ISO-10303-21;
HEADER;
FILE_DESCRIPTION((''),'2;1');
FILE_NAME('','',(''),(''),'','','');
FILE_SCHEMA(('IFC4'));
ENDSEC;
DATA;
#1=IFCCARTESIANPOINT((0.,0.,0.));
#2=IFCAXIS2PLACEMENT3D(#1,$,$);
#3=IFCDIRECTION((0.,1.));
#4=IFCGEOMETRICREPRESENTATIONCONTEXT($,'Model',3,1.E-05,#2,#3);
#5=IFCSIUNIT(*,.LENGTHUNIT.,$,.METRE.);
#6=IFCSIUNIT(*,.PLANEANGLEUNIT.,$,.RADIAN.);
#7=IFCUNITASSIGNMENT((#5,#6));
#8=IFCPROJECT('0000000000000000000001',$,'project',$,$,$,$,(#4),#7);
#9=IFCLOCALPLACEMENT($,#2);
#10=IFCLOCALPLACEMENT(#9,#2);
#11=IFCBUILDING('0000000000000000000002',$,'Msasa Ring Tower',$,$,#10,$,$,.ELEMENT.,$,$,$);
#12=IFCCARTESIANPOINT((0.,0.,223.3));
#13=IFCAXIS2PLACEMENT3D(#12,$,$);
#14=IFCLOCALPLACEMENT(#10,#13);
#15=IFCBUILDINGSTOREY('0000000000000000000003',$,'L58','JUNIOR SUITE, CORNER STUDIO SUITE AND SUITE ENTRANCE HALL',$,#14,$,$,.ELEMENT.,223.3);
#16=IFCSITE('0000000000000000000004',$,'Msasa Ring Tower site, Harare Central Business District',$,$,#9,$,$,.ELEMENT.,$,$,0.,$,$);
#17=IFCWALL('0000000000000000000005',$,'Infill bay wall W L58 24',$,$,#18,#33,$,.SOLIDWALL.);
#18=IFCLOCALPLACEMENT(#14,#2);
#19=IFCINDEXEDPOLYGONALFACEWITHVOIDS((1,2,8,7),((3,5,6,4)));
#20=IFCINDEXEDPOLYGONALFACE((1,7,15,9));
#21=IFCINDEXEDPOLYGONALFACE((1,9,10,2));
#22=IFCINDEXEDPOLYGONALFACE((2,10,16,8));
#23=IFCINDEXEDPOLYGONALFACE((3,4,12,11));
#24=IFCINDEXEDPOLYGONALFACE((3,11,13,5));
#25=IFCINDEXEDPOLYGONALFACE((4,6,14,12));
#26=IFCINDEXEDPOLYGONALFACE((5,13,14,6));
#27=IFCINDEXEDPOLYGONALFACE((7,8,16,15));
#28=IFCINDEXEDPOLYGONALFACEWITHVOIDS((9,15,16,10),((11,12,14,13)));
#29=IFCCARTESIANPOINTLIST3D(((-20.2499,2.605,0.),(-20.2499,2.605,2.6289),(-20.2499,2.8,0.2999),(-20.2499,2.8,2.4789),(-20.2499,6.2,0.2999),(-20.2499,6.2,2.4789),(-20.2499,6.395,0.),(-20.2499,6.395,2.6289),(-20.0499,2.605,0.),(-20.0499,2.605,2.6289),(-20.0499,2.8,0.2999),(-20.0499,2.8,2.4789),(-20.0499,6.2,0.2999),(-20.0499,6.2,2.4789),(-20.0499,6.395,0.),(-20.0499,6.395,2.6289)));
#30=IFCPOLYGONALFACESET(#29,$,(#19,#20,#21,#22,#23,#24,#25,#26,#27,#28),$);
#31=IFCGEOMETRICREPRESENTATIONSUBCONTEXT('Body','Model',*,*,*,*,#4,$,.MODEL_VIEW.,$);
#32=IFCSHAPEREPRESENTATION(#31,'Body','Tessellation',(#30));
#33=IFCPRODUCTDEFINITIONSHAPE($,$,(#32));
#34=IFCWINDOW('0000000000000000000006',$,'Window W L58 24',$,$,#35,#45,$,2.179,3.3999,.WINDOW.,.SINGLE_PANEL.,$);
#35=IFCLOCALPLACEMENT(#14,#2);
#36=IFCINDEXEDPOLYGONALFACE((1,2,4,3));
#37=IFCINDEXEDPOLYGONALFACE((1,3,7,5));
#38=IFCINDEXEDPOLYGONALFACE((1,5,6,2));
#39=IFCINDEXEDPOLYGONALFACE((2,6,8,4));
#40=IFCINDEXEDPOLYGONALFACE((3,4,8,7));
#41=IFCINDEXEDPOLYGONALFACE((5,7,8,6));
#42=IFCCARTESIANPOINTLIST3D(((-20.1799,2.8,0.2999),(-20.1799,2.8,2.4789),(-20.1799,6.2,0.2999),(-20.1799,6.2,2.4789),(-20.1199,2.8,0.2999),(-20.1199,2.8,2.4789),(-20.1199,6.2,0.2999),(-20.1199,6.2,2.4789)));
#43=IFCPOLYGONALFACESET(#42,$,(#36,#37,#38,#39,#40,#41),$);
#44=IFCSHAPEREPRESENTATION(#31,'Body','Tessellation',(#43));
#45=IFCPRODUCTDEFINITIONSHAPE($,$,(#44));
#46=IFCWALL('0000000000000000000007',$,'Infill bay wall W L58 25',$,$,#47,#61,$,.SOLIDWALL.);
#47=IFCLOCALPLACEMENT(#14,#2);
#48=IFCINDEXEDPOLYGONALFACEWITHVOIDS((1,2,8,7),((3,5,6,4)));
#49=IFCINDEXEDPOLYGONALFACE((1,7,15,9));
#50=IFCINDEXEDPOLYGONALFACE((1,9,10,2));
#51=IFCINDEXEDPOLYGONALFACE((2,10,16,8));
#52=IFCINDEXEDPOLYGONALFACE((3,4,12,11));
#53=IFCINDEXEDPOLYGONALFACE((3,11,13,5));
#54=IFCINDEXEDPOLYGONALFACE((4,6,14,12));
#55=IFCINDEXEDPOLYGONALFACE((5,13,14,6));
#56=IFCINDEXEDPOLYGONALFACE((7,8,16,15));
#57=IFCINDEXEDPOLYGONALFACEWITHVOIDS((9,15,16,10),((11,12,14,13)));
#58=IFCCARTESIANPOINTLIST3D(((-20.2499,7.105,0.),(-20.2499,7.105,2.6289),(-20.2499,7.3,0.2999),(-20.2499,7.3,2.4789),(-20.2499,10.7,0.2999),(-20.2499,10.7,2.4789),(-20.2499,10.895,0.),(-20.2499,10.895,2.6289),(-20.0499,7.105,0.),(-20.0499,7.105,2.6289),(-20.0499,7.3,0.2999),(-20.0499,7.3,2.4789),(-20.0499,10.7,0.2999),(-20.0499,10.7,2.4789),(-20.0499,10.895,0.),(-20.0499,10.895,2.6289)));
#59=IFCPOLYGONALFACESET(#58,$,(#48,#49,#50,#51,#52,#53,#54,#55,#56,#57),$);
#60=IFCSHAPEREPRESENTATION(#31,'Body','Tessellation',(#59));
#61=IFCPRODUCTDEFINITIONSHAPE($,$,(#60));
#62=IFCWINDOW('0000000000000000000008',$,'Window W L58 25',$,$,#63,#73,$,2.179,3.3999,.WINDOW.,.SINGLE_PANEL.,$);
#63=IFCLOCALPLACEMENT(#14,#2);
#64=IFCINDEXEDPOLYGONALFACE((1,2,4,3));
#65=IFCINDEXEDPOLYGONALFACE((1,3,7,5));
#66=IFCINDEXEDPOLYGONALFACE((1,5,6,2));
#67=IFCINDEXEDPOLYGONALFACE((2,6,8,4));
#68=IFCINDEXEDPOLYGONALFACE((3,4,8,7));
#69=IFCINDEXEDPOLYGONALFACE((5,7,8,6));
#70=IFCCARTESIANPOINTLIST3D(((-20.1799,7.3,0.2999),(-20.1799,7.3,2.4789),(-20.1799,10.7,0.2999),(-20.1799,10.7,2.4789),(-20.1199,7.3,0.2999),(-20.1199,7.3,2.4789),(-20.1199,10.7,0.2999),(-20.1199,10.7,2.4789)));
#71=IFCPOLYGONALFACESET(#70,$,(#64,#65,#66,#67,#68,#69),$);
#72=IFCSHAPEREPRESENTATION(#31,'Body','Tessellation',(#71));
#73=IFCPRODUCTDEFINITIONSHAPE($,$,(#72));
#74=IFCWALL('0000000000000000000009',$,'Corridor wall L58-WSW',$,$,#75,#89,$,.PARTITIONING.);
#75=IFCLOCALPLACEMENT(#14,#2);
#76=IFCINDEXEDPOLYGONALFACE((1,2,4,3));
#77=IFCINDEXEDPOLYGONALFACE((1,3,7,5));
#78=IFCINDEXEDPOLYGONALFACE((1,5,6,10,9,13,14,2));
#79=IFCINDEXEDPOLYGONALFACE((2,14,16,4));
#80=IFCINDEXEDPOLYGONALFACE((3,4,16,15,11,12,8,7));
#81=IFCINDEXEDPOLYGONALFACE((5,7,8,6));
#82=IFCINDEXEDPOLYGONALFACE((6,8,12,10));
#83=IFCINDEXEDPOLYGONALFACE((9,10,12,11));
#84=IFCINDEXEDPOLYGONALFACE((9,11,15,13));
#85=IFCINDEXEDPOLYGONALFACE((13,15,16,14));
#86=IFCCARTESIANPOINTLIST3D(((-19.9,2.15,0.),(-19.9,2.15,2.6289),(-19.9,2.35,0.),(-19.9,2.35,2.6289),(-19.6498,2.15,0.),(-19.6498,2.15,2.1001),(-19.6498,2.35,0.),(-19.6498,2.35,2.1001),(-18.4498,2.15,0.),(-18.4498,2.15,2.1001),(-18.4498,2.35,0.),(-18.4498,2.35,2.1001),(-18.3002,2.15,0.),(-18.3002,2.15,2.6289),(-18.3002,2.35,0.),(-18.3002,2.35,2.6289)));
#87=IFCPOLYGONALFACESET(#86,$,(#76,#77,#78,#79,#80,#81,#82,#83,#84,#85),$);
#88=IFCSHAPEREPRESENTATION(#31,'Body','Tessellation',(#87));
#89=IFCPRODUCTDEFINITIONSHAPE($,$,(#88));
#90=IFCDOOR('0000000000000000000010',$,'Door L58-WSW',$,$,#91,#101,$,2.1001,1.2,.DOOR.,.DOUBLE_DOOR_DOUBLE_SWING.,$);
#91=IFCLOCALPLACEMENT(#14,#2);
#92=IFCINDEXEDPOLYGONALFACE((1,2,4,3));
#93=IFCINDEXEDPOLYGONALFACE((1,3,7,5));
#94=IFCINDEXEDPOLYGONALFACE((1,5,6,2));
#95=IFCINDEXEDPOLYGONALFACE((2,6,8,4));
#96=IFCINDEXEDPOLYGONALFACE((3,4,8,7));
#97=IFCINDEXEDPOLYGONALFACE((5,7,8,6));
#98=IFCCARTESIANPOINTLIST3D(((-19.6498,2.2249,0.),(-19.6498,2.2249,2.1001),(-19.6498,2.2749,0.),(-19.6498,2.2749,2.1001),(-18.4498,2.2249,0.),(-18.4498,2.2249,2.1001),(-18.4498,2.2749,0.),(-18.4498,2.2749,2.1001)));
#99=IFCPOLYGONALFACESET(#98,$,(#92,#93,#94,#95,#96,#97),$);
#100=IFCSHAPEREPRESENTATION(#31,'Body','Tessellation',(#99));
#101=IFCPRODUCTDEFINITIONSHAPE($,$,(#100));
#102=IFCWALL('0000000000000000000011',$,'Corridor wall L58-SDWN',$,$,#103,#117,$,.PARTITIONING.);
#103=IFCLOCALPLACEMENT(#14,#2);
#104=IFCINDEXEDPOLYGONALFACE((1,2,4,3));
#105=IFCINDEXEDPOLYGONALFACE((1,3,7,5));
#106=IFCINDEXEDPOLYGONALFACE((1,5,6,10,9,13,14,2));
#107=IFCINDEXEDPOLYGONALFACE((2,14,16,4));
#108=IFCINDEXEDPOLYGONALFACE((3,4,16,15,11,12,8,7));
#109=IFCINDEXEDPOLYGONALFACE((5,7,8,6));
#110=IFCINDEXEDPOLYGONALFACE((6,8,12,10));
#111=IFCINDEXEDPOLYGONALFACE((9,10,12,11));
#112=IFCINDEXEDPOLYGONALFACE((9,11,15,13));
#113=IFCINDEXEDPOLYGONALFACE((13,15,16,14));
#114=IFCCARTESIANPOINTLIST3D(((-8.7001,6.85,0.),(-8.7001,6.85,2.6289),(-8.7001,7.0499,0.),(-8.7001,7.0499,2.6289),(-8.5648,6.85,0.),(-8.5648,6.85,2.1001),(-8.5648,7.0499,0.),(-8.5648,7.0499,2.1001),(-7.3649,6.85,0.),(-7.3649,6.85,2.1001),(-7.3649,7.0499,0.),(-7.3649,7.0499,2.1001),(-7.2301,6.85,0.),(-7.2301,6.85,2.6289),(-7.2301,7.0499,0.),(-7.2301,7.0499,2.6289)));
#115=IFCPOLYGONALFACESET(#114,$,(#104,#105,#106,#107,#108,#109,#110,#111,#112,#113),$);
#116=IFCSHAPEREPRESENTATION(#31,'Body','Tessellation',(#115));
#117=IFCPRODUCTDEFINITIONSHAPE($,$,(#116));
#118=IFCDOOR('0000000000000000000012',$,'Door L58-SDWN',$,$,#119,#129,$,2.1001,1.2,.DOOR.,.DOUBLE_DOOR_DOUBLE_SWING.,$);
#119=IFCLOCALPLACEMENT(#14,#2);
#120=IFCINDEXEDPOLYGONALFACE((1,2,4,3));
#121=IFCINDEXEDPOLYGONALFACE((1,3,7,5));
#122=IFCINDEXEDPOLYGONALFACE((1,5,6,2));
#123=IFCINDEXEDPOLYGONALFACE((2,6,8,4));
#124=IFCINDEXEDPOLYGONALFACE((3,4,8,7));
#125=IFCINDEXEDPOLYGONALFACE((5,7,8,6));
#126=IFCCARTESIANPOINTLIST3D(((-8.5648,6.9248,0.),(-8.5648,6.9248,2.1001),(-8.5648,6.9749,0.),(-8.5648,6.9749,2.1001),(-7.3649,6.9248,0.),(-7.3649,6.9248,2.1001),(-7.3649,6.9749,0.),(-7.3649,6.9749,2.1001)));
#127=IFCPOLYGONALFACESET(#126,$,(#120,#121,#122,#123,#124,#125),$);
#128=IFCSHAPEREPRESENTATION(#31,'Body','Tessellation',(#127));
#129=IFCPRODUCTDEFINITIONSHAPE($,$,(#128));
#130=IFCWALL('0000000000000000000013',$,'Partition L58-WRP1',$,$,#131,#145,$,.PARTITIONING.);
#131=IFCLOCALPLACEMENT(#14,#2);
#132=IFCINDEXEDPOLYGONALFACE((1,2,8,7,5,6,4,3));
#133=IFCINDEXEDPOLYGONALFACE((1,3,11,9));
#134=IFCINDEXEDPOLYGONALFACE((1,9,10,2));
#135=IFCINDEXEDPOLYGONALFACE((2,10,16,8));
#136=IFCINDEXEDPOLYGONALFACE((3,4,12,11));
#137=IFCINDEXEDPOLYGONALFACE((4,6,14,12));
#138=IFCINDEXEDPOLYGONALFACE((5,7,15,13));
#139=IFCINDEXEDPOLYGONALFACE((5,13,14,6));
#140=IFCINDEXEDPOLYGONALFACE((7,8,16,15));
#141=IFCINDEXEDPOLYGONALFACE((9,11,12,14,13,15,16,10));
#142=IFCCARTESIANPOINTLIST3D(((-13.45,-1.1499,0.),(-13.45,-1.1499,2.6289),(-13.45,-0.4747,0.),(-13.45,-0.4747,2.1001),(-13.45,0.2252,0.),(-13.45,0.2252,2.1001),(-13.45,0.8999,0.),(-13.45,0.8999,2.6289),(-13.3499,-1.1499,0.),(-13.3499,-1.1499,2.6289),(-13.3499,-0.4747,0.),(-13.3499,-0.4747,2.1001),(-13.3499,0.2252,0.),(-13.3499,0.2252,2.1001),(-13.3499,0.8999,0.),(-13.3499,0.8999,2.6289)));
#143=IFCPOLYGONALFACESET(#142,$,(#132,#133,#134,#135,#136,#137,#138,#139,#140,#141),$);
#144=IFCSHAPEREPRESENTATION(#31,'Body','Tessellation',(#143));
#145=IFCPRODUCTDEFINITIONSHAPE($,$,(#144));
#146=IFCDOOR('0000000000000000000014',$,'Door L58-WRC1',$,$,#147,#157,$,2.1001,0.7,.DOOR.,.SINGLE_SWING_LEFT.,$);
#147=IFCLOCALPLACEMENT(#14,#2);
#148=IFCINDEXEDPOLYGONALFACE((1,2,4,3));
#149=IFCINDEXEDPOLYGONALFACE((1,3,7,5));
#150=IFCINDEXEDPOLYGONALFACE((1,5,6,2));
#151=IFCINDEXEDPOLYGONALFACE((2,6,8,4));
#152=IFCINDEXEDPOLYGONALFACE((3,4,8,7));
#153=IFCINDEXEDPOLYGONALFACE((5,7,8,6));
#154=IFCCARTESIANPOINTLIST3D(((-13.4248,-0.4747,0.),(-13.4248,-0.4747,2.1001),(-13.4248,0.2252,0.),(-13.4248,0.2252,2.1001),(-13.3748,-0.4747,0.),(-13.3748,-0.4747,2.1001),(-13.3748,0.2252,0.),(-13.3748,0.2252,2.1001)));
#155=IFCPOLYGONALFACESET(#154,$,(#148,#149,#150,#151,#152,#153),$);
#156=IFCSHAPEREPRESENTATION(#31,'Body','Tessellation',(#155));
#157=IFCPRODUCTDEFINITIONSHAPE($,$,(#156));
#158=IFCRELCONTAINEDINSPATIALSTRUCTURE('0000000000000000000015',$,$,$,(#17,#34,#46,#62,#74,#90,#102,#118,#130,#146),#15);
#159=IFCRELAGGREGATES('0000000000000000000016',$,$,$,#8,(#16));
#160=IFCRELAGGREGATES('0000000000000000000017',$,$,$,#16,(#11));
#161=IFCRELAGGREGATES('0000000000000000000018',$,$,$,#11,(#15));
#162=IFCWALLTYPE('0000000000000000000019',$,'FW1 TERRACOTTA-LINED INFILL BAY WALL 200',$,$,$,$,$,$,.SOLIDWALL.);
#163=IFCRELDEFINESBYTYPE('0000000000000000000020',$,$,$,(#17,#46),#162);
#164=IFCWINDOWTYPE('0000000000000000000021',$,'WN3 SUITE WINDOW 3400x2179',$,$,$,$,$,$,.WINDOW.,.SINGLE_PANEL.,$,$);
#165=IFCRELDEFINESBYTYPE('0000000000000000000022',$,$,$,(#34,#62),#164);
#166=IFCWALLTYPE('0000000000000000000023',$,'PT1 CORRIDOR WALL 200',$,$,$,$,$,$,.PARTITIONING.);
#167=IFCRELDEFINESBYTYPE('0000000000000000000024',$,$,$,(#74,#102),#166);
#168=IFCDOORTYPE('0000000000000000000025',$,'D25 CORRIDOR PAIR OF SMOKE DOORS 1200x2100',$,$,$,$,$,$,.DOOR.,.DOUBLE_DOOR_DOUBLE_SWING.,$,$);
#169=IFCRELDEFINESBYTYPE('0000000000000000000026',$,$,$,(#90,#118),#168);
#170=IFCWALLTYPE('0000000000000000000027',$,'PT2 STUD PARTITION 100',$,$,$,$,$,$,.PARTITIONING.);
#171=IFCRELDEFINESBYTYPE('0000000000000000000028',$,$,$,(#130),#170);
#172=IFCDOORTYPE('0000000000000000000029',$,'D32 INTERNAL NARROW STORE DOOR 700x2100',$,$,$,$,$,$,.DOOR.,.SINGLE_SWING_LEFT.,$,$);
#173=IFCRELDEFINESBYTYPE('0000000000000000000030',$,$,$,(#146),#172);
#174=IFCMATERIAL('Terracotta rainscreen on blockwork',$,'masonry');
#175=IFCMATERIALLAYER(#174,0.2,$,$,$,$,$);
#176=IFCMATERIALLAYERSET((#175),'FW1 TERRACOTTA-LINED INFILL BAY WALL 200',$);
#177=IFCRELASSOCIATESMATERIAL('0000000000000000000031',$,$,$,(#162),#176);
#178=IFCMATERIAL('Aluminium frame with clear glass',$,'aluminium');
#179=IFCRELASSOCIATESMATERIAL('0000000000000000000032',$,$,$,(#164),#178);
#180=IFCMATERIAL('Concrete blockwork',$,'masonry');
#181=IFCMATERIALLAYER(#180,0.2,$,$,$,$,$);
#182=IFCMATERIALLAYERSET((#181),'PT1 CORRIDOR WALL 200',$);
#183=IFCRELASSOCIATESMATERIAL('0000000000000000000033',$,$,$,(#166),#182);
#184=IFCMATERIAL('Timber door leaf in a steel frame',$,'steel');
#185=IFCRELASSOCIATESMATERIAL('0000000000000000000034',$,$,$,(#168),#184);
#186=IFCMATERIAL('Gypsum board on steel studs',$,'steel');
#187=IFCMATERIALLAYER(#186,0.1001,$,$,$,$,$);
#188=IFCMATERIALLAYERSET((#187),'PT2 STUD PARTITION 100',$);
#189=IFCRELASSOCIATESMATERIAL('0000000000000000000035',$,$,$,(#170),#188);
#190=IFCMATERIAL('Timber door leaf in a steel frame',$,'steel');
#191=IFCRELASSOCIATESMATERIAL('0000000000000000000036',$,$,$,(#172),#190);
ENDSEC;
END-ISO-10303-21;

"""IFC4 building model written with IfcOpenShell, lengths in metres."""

from ifc_helpers import new_model, si_unit, direction, frame, frame_2d, origin, place, context, subcontext, project, spatial, rectangle, extrude, material, layer, layer_set, type_object, element, fill, save


model = new_model("IFC4")

# Units and contexts
model_context = context("Model", 3, precision=1e-05, world=origin(), true_north=direction((0.0, 1.0)))
body_context = subcontext(model_context, "Body", "Model", "MODEL_VIEW")
ifc_project = project(units=[si_unit("LENGTHUNIT", "METRE"), si_unit("PLANEANGLEUNIT", "RADIAN")], contexts=[model_context])

# Site, building, storey
site_placement = place(None, origin())
site = spatial("IfcSite", under=ifc_project, at=site_placement, Name="Msasa Ring Tower site, Harare Central Business District", CompositionType="ELEMENT", RefElevation=0.0)
building_placement = place(site_placement, origin())
building = spatial("IfcBuilding", under=site, at=building_placement, Name="Msasa Ring Tower", CompositionType="ELEMENT")
storey_placement = place(building_placement, frame((0.0, 0.0, 223.3)))
storey = spatial("IfcBuildingStorey", under=building, at=storey_placement, Name="L58", Description="JUNIOR SUITE, CORNER STUDIO SUITE AND SUITE ENTRANCE HALL", CompositionType="ELEMENT", Elevation=223.3)

# Walls, openings, windows
ifc_material_1 = material(Name="Terracotta rainscreen on blockwork", Category="masonry")
ifc_layer_1 = layer(ifc_material_1, 0.2)
ifc_layer_set_1 = layer_set([ifc_layer_1], Name="FW1 TERRACOTTA-LINED INFILL BAY WALL 200")
wall_type_1 = type_object("IfcWallType", Name="FW1 TERRACOTTA-LINED INFILL BAY WALL 200", PredefinedType="SOLIDWALL", material=ifc_layer_set_1)
wall_1_placement = place(storey_placement, frame((-20.1499, 2.605, 0.0), z_axis=(0.0, 0.0, 1.0), x_axis=(0.0, 1.0, 0.0)))
wall_1 = element("IfcWall", 1, at=wall_1_placement, inside=storey, type_object=wall_type_1, Name="Infill bay wall W L58 24", PredefinedType="SOLIDWALL", context=body_context, shape_type="SweptSolid", body=[
    extrude(rectangle(XDim=3.79, YDim=0.2, at=frame_2d((1.895, 0.0))), origin(), (0.0, 0.0, 1.0), 2.6289),
])
opening_1_placement = place(wall_1_placement, frame((0.1951, 0.0, 0.3)))
opening_1 = element("IfcOpeningElement", 2, at=opening_1_placement, cuts=wall_1, PredefinedType="OPENING", context=body_context, shape_type="SweptSolid", body=[
    extrude(rectangle(XDim=3.3999, YDim=2.179, at=frame_2d((1.7, 1.0894))), frame((0.0, 0.1099, 0.0), z_axis=(0.0, -1.0, 0.0), x_axis=(1.0, 0.0, 0.0)), (0.0, 0.0, 1.0), 0.22),
])
ifc_material_2 = material(Name="Aluminium frame with clear glass", Category="aluminium")
window_type = type_object("IfcWindowType", Name="WN3 SUITE WINDOW 3400x2179", PartitioningType="SINGLE_PANEL", PredefinedType="WINDOW", material=ifc_material_2)
window_1_placement = place(opening_1_placement, origin())
window_1 = element("IfcWindow", 3, at=window_1_placement, inside=storey, type_object=window_type, Name="Window W L58 24", OverallHeight=2.179, OverallWidth=3.3999, PartitioningType="SINGLE_PANEL", PredefinedType="WINDOW", context=body_context, shape_type="SweptSolid", body=[
    extrude(rectangle(XDim=3.3999, YDim=2.179, at=frame_2d((1.7, 1.0894))), frame((0.0, 0.03, 0.0), z_axis=(0.0, -1.0, 0.0), x_axis=(1.0, 0.0, 0.0)), (0.0, 0.0, 1.0), 0.0601),
])
fill(opening_1, window_1)
wall_2_placement = place(storey_placement, frame((-20.1499, 7.105, 0.0), z_axis=(0.0, 0.0, 1.0), x_axis=(0.0, 1.0, 0.0)))
wall_2 = element("IfcWall", 4, at=wall_2_placement, inside=storey, type_object=wall_type_1, Name="Infill bay wall W L58 25", PredefinedType="SOLIDWALL", context=body_context, shape_type="SweptSolid", body=[
    extrude(rectangle(XDim=3.79, YDim=0.2, at=frame_2d((1.895, 0.0))), origin(), (0.0, 0.0, 1.0), 2.6289),
])
opening_2_placement = place(wall_2_placement, frame((0.1951, 0.0, 0.3)))
opening_2 = element("IfcOpeningElement", 5, at=opening_2_placement, cuts=wall_2, PredefinedType="OPENING", context=body_context, shape_type="SweptSolid", body=[
    extrude(rectangle(XDim=3.3999, YDim=2.179, at=frame_2d((1.7, 1.0894))), frame((0.0, 0.1099, 0.0), z_axis=(0.0, -1.0, 0.0), x_axis=(1.0, 0.0, 0.0)), (0.0, 0.0, 1.0), 0.22),
])
window_2_placement = place(opening_2_placement, origin())
window_2 = element("IfcWindow", 6, at=window_2_placement, inside=storey, type_object=window_type, Name="Window W L58 25", OverallHeight=2.179, OverallWidth=3.3999, PartitioningType="SINGLE_PANEL", PredefinedType="WINDOW", context=body_context, shape_type="SweptSolid", body=[
    extrude(rectangle(XDim=3.3999, YDim=2.179, at=frame_2d((1.7, 1.0894))), frame((0.0, 0.03, 0.0), z_axis=(0.0, -1.0, 0.0), x_axis=(1.0, 0.0, 0.0)), (0.0, 0.0, 1.0), 0.0601),
])
fill(opening_2, window_2)

# Walls, openings, doors
ifc_material_3 = material(Name="Concrete blockwork", Category="masonry")
ifc_layer_2 = layer(ifc_material_3, 0.2)
ifc_layer_set_2 = layer_set([ifc_layer_2], Name="PT1 CORRIDOR WALL 200")
wall_type_2 = type_object("IfcWallType", Name="PT1 CORRIDOR WALL 200", PredefinedType="PARTITIONING", material=ifc_layer_set_2)
wall_3_placement = place(storey_placement, frame((-19.8999, 2.25, 0.0), z_axis=(0.0, 0.0, 1.0), x_axis=(1.0, 0.0, 0.0)))
wall_3 = element("IfcWall", 7, at=wall_3_placement, inside=storey, type_object=wall_type_2, Name="Corridor wall L58-WSW", PredefinedType="PARTITIONING", context=body_context, shape_type="SweptSolid", body=[
    extrude(rectangle(XDim=1.5999, YDim=0.2, at=frame_2d((0.7998, 0.0))), origin(), (0.0, 0.0, 1.0), 2.6289),
])
opening_3_placement = place(wall_3_placement, frame((0.25, 0.0, 0.0)))
opening_3 = element("IfcOpeningElement", 8, at=opening_3_placement, cuts=wall_3, PredefinedType="OPENING", context=body_context, shape_type="SweptSolid", body=[
    extrude(rectangle(XDim=1.2, YDim=2.1001, at=frame_2d((0.6001, 1.05))), frame((0.0, 0.1099, 0.0), z_axis=(0.0, -1.0, 0.0), x_axis=(1.0, 0.0, 0.0)), (0.0, 0.0, 1.0), 0.22),
])
ifc_material_4 = material(Name="Timber door leaf in a steel frame", Category="steel")
door_type_1 = type_object("IfcDoorType", Name="D25 CORRIDOR PAIR OF SMOKE DOORS 1200x2100", OperationType="DOUBLE_DOOR_DOUBLE_SWING", PredefinedType="DOOR", material=ifc_material_4)
door_1_placement = place(opening_3_placement, origin())
door_1 = element("IfcDoor", 9, at=door_1_placement, inside=storey, type_object=door_type_1, Name="Door L58-WSW", OperationType="DOUBLE_DOOR_DOUBLE_SWING", OverallHeight=2.1001, OverallWidth=1.2, PredefinedType="DOOR", context=body_context, shape_type="SweptSolid", body=[
    extrude(rectangle(XDim=1.2, YDim=2.1001, at=frame_2d((0.6001, 1.05))), frame((0.0, 0.0249, 0.0), z_axis=(0.0, -1.0, 0.0), x_axis=(1.0, 0.0, 0.0)), (0.0, 0.0, 1.0), 0.05),
])
fill(opening_3, door_1)
wall_4_placement = place(storey_placement, frame((-8.7, 6.95, 0.0), z_axis=(0.0, 0.0, 1.0), x_axis=(1.0, 0.0, 0.0)))
wall_4 = element("IfcWall", 10, at=wall_4_placement, inside=storey, type_object=wall_type_2, Name="Corridor wall L58-SDWN", PredefinedType="PARTITIONING", context=body_context, shape_type="SweptSolid", body=[
    extrude(rectangle(XDim=1.47, YDim=0.2, at=frame_2d((0.7349, 0.0))), origin(), (0.0, 0.0, 1.0), 2.6289),
])
opening_4_placement = place(wall_4_placement, frame((0.135, 0.0, 0.0)))
opening_4 = element("IfcOpeningElement", 11, at=opening_4_placement, cuts=wall_4, PredefinedType="OPENING", context=body_context, shape_type="SweptSolid", body=[
    extrude(rectangle(XDim=1.2, YDim=2.1001, at=frame_2d((0.6001, 1.05))), frame((0.0, 0.1099, 0.0), z_axis=(0.0, -1.0, 0.0), x_axis=(1.0, 0.0, 0.0)), (0.0, 0.0, 1.0), 0.22),
])
door_2_placement = place(opening_4_placement, origin())
door_2 = element("IfcDoor", 12, at=door_2_placement, inside=storey, type_object=door_type_1, Name="Door L58-SDWN", OperationType="DOUBLE_DOOR_DOUBLE_SWING", OverallHeight=2.1001, OverallWidth=1.2, PredefinedType="DOOR", context=body_context, shape_type="SweptSolid", body=[
    extrude(rectangle(XDim=1.2, YDim=2.1001, at=frame_2d((0.6001, 1.05))), frame((0.0, 0.0249, 0.0), z_axis=(0.0, -1.0, 0.0), x_axis=(1.0, 0.0, 0.0)), (0.0, 0.0, 1.0), 0.05),
])
fill(opening_4, door_2)
ifc_material_5 = material(Name="Gypsum board on steel studs", Category="steel")
ifc_layer_3 = layer(ifc_material_5, 0.1001)
ifc_layer_set_3 = layer_set([ifc_layer_3], Name="PT2 STUD PARTITION 100")
wall_type_3 = type_object("IfcWallType", Name="PT2 STUD PARTITION 100", PredefinedType="PARTITIONING", material=ifc_layer_set_3)
wall_5_placement = place(storey_placement, frame((-13.3999, -1.1499, 0.0), z_axis=(0.0, 0.0, 1.0), x_axis=(0.0, 1.0, 0.0)))
wall_5 = element("IfcWall", 13, at=wall_5_placement, inside=storey, type_object=wall_type_3, Name="Partition L58-WRP1", PredefinedType="PARTITIONING", context=body_context, shape_type="SweptSolid", body=[
    extrude(rectangle(XDim=2.0498, YDim=0.1001, at=frame_2d((1.0249, 0.0))), origin(), (0.0, 0.0, 1.0), 2.6289),
])
opening_5_placement = place(wall_5_placement, frame((0.675, 0.0, 0.0)))
opening_5 = element("IfcOpeningElement", 14, at=opening_5_placement, cuts=wall_5, PredefinedType="OPENING", context=body_context, shape_type="SweptSolid", body=[
    extrude(rectangle(XDim=0.7, YDim=2.1001, at=frame_2d((0.3501, 1.05))), frame((0.0, 0.0601, 0.0), z_axis=(0.0, -1.0, 0.0), x_axis=(1.0, 0.0, 0.0)), (0.0, 0.0, 1.0), 0.1201),
])
ifc_material_6 = material(Name="Timber door leaf in a steel frame", Category="steel")
door_type_2 = type_object("IfcDoorType", Name="D32 INTERNAL NARROW STORE DOOR 700x2100", OperationType="SINGLE_SWING_LEFT", PredefinedType="DOOR", material=ifc_material_6)
door_3_placement = place(opening_5_placement, origin())
door_3 = element("IfcDoor", 15, at=door_3_placement, inside=storey, type_object=door_type_2, Name="Door L58-WRC1", OperationType="SINGLE_SWING_LEFT", OverallHeight=2.1001, OverallWidth=0.7, PredefinedType="DOOR", context=body_context, shape_type="SweptSolid", body=[
    extrude(rectangle(XDim=0.7, YDim=2.1001, at=frame_2d((0.3501, 1.05))), frame((0.0, 0.0249, 0.0), z_axis=(0.0, -1.0, 0.0), x_axis=(1.0, 0.0, 0.0)), (0.0, 0.0, 1.0), 0.05),
])
fill(opening_5, door_3)

save(model, "model.ifc")
